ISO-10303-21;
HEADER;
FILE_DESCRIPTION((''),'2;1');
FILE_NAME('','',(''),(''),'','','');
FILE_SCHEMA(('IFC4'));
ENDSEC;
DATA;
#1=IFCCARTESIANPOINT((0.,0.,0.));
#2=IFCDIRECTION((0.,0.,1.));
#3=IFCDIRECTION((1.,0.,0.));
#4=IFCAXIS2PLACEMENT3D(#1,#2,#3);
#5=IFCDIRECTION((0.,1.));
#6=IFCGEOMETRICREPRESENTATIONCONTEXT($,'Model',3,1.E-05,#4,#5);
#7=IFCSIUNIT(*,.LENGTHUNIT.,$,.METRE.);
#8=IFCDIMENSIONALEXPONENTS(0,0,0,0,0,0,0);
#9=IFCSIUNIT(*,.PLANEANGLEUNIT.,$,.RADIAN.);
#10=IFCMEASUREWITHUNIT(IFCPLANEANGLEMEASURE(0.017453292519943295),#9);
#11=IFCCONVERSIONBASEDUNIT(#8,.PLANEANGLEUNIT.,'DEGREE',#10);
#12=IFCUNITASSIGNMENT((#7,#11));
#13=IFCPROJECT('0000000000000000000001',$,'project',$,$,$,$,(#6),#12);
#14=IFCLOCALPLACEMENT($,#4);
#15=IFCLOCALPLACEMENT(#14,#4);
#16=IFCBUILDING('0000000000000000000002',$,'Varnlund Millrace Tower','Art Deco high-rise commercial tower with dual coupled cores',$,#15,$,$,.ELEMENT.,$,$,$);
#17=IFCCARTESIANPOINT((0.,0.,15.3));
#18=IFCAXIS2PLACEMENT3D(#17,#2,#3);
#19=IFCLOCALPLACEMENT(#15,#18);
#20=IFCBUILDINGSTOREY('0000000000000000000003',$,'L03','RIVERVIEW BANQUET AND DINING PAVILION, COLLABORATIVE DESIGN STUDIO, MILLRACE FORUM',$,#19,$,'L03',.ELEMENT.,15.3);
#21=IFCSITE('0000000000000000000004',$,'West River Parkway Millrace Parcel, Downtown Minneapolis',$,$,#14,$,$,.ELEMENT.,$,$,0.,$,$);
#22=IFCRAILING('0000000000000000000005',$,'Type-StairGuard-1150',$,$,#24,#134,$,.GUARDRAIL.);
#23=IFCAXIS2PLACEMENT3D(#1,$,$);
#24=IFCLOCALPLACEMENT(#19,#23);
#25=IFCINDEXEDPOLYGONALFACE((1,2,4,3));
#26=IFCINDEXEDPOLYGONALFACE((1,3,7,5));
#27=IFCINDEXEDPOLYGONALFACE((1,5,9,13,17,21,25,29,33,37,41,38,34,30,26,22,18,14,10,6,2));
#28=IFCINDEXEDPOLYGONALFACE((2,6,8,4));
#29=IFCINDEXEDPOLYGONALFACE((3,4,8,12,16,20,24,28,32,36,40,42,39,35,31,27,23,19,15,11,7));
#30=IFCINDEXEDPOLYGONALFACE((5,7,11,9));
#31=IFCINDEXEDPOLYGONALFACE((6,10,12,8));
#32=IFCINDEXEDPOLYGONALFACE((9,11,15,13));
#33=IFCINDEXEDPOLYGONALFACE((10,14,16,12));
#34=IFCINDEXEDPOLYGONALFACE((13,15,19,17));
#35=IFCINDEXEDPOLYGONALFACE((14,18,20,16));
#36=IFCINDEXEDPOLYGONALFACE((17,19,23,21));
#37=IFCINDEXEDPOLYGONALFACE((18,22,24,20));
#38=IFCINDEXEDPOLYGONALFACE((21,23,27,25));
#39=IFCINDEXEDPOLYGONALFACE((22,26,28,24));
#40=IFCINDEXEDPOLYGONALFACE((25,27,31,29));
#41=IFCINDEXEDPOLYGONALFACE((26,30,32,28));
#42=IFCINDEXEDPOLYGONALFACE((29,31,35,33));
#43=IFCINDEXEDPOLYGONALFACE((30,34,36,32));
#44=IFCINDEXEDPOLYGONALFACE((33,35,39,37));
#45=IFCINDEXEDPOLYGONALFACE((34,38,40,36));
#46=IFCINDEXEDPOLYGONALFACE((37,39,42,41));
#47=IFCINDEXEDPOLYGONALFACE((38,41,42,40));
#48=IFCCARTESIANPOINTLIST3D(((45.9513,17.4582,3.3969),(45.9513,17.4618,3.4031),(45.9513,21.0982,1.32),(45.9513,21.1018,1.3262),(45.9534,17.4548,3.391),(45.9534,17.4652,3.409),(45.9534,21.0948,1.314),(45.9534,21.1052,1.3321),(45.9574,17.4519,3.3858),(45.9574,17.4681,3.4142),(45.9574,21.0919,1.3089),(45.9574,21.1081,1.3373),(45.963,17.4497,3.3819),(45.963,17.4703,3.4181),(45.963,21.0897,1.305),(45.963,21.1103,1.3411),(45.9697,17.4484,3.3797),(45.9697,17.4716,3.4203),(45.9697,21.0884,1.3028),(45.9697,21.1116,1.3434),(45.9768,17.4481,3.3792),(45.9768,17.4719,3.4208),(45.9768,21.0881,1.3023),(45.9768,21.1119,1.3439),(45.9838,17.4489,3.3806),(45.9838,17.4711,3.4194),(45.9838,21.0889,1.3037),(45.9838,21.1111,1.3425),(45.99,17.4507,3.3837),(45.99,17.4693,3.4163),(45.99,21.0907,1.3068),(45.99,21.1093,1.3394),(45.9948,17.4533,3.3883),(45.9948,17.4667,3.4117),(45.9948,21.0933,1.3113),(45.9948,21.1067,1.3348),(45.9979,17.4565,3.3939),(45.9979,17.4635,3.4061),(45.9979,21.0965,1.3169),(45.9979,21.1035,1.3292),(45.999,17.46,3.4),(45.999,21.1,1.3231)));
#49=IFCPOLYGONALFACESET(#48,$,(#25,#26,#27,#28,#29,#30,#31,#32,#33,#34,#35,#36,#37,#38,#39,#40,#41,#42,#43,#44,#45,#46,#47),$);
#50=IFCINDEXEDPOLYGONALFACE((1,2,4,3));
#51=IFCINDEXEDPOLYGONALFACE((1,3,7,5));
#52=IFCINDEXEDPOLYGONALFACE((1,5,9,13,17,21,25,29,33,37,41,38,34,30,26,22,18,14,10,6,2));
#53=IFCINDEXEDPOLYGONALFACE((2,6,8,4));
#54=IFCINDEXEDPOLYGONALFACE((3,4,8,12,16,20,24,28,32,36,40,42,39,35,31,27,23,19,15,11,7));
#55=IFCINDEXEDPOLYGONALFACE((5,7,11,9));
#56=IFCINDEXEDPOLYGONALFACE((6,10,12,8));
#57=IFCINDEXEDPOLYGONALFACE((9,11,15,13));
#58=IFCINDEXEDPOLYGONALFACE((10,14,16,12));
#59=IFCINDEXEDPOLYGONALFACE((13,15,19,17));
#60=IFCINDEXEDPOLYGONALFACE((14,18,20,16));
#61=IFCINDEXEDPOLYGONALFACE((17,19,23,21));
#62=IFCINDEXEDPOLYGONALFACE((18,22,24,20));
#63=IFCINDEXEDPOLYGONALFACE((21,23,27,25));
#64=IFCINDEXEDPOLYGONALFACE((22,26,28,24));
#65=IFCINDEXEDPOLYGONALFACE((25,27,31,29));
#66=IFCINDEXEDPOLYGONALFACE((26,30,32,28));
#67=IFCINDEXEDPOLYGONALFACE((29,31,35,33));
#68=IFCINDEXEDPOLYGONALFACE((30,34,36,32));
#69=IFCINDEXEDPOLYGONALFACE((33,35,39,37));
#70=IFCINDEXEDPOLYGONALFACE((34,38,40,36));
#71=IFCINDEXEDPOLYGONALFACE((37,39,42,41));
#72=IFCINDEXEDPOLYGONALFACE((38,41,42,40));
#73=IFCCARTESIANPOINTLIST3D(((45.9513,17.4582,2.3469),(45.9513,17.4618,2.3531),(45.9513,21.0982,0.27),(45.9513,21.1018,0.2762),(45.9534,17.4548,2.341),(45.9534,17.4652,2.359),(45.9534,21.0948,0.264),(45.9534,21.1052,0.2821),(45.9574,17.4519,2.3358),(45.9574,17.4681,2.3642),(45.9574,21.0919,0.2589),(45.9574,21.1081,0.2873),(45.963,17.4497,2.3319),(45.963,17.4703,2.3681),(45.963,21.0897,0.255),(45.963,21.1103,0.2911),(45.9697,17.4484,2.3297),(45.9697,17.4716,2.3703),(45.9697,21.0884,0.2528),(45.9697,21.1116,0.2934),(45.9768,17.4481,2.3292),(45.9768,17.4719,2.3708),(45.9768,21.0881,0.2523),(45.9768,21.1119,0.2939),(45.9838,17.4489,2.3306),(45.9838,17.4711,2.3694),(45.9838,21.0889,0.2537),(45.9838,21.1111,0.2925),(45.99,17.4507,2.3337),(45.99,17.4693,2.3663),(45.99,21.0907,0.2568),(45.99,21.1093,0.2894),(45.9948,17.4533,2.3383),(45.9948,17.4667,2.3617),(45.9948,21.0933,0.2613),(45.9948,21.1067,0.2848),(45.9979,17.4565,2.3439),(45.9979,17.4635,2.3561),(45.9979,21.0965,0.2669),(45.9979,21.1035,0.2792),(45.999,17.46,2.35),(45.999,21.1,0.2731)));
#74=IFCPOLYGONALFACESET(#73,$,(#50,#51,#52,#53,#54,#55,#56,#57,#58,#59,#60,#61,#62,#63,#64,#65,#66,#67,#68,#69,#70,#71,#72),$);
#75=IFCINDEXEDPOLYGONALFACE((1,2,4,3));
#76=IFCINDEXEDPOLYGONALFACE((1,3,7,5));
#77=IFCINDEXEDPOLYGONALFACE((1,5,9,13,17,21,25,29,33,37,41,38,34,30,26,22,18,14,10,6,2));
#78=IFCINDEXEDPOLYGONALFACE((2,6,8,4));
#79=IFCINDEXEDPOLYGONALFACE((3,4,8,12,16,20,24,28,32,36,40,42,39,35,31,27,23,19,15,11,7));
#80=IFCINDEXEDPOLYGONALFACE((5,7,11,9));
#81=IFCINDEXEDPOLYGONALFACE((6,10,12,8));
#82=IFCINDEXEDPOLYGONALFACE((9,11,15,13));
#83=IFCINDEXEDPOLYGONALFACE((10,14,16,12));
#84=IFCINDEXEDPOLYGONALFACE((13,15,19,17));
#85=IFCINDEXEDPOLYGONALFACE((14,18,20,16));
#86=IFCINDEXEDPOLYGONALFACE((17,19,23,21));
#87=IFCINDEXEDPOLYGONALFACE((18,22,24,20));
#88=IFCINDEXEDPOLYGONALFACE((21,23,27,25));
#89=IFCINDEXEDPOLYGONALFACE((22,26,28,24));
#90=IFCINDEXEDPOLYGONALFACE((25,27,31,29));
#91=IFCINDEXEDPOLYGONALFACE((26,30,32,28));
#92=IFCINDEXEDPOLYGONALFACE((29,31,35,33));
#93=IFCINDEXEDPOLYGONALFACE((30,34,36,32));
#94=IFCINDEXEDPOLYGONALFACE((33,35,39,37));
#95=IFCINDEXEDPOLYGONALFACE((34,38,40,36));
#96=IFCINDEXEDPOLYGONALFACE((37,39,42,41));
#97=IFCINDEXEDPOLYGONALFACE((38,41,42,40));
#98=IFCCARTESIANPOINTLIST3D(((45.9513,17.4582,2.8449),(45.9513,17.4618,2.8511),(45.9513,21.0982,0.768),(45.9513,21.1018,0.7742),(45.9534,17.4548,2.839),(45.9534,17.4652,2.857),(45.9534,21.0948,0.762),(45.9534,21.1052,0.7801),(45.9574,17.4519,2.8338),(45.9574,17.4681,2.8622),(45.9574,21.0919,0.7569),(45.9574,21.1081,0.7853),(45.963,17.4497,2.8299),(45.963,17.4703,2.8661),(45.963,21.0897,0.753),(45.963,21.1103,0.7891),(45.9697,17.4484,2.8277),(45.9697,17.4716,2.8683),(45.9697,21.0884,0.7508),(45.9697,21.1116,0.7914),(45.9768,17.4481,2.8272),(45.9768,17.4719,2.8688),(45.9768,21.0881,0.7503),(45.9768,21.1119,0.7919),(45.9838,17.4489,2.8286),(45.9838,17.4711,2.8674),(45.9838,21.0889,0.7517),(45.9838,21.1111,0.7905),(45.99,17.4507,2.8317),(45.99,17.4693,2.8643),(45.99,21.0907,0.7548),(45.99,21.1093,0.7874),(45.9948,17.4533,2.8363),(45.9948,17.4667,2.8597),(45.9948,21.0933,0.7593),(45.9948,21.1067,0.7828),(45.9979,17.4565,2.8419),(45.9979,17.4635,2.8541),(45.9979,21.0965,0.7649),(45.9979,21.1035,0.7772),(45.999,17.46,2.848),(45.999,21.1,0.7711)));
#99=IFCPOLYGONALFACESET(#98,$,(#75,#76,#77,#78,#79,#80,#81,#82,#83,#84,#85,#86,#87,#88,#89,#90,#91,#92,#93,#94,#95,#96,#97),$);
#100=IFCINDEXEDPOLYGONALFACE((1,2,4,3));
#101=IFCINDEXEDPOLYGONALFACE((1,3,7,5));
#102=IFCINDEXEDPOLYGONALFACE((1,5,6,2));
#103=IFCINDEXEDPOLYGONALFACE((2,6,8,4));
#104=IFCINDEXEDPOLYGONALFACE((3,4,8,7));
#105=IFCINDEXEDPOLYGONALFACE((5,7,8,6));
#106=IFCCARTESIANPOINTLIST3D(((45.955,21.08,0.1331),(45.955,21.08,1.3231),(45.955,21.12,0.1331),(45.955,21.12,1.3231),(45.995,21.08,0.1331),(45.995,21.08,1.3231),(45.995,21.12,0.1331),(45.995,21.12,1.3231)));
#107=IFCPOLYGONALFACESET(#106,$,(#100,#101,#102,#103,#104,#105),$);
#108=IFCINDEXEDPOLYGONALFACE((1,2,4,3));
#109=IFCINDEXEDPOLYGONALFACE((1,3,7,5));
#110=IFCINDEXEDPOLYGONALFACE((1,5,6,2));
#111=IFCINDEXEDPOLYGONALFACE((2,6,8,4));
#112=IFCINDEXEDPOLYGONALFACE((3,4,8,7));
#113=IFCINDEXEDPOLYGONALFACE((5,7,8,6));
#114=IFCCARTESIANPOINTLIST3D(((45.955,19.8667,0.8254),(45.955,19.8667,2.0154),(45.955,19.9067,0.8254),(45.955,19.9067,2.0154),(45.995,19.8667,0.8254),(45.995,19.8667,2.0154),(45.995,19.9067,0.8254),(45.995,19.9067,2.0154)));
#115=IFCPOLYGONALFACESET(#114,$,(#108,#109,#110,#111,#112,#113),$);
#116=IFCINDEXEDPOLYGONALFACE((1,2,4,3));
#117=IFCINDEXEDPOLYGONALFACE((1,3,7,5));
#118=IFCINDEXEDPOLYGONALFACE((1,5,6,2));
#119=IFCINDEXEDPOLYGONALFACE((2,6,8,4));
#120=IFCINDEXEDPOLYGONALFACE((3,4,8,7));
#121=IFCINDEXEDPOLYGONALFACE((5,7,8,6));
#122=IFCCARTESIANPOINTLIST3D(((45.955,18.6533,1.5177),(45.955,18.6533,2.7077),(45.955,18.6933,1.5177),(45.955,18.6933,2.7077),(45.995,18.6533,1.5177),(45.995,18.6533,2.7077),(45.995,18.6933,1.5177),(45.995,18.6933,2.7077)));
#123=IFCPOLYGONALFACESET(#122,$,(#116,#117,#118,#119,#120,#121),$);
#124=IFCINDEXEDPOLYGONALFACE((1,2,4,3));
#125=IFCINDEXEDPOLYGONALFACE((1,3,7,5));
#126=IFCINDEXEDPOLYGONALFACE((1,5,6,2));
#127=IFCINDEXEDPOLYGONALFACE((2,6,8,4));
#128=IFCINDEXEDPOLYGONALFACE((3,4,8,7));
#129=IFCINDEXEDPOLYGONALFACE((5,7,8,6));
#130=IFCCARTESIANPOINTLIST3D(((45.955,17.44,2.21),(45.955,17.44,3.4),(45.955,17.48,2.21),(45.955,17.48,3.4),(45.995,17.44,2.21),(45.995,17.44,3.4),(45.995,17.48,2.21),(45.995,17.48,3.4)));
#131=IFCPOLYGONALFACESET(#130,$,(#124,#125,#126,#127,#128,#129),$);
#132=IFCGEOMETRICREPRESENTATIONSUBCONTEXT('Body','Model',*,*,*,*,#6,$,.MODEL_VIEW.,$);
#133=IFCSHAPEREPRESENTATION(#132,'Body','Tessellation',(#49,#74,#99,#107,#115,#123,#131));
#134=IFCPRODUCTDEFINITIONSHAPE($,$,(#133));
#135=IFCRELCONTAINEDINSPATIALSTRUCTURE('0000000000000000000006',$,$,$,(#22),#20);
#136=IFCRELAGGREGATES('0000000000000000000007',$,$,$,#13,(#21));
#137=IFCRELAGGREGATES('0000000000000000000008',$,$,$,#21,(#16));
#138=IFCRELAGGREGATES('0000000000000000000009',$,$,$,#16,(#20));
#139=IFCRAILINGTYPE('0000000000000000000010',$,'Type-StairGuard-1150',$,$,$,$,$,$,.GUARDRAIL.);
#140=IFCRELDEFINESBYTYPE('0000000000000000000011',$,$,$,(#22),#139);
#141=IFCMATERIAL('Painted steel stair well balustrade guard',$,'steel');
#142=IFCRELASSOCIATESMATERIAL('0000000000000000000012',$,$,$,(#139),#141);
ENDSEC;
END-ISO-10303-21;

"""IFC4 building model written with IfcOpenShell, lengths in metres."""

from ifc_helpers import new_model, entity, si_unit, converted_unit, direction, frame, origin_with_axes, origin_2d_with_axis, place, context, subcontext, project, spatial, rectangle, circle, extrude, material, type_object, element, save


model = new_model("IFC4")

# Units and contexts
model_context = context("Model", 3, precision=1e-05, world=origin_with_axes(), true_north=direction((0.0, 1.0)))
body_context = subcontext(model_context, "Body", "Model", "MODEL_VIEW")
ifc_project = project(units=[si_unit("LENGTHUNIT", "METRE"), converted_unit("PLANEANGLEUNIT", "DEGREE", entity("IfcPlaneAngleMeasure", 0.017453292519943295), si_unit("PLANEANGLEUNIT", "RADIAN"), dimensions=[0, 0, 0, 0, 0, 0, 0])], contexts=[model_context])

# Site, building, storey
site_placement = place(None, origin_with_axes())
site = spatial("IfcSite", under=ifc_project, at=site_placement, Name="West River Parkway Millrace Parcel, Downtown Minneapolis", CompositionType="ELEMENT", RefElevation=0.0)
building_placement = place(site_placement, origin_with_axes())
building = spatial("IfcBuilding", under=site, at=building_placement, Name="Varnlund Millrace Tower", Description="Art Deco high-rise commercial tower with dual coupled cores", CompositionType="ELEMENT")
storey_placement = place(building_placement, frame((0.0, 0.0, 15.3), z_axis=(0.0, 0.0, 1.0), x_axis=(1.0, 0.0, 0.0)))
storey = spatial("IfcBuildingStorey", under=building, at=storey_placement, Name="L03", Description="RIVERVIEW BANQUET AND DINING PAVILION, COLLABORATIVE DESIGN STUDIO, MILLRACE FORUM", LongName="L03", CompositionType="ELEMENT", Elevation=15.3)

# Railing
ifc_material_1 = material(Name="Painted steel stair well balustrade guard", Category="steel")
railing_type_1 = type_object("IfcRailingType", Name="Type-StairGuard-1150", PredefinedType="GUARDRAIL", material=ifc_material_1)
railing_1_placement = place(storey_placement, frame((0.0, 0.0, -15.3), z_axis=(0.0, 0.0, 1.0), x_axis=(1.0, 0.0, 0.0)))
element("IfcRailing", 1, at=railing_1_placement, inside=storey, type_object=railing_type_1, Name="Type-StairGuard-1150", PredefinedType="GUARDRAIL", context=body_context, shape_type="SweptSolid", body=[
    extrude(circle(Radius=0.024, at=origin_2d_with_axis()), frame((45.975, 21.1, 16.6231), z_axis=(0.0, -0.868559, 0.495585), x_axis=(1.0, 0.0, 0.0)), (0.0, 0.0, 1.0), 4.1908),
    extrude(circle(Radius=0.024, at=origin_2d_with_axis()), frame((45.975, 21.1, 15.5731), z_axis=(0.0, -0.868559, 0.495585), x_axis=(1.0, 0.0, 0.0)), (0.0, 0.0, 1.0), 4.1908),
    extrude(circle(Radius=0.024, at=origin_2d_with_axis()), frame((45.975, 21.1, 16.0711), z_axis=(0.0, -0.868559, 0.495585), x_axis=(1.0, 0.0, 0.0)), (0.0, 0.0, 1.0), 4.1908),
    extrude(rectangle(XDim=0.04, YDim=0.04, at=origin_2d_with_axis()), frame((45.975, 21.1, 15.4331), z_axis=(0.0, 0.0, 1.0), x_axis=(1.0, 0.0, 0.0)), (0.0, 0.0, 1.0), 1.19),
    extrude(rectangle(XDim=0.04, YDim=0.04, at=origin_2d_with_axis()), frame((45.975, 19.8867, 16.1254), z_axis=(0.0, 0.0, 1.0), x_axis=(1.0, 0.0, 0.0)), (0.0, 0.0, 1.0), 1.19),
    extrude(rectangle(XDim=0.04, YDim=0.04, at=origin_2d_with_axis()), frame((45.975, 18.6733, 16.8177), z_axis=(0.0, 0.0, 1.0), x_axis=(1.0, 0.0, 0.0)), (0.0, 0.0, 1.0), 1.19),
    extrude(rectangle(XDim=0.04, YDim=0.04, at=origin_2d_with_axis()), frame((45.975, 17.46, 17.51), z_axis=(0.0, 0.0, 1.0), x_axis=(1.0, 0.0, 0.0)), (0.0, 0.0, 1.0), 1.19),
])

save(model, "model.ifc")
